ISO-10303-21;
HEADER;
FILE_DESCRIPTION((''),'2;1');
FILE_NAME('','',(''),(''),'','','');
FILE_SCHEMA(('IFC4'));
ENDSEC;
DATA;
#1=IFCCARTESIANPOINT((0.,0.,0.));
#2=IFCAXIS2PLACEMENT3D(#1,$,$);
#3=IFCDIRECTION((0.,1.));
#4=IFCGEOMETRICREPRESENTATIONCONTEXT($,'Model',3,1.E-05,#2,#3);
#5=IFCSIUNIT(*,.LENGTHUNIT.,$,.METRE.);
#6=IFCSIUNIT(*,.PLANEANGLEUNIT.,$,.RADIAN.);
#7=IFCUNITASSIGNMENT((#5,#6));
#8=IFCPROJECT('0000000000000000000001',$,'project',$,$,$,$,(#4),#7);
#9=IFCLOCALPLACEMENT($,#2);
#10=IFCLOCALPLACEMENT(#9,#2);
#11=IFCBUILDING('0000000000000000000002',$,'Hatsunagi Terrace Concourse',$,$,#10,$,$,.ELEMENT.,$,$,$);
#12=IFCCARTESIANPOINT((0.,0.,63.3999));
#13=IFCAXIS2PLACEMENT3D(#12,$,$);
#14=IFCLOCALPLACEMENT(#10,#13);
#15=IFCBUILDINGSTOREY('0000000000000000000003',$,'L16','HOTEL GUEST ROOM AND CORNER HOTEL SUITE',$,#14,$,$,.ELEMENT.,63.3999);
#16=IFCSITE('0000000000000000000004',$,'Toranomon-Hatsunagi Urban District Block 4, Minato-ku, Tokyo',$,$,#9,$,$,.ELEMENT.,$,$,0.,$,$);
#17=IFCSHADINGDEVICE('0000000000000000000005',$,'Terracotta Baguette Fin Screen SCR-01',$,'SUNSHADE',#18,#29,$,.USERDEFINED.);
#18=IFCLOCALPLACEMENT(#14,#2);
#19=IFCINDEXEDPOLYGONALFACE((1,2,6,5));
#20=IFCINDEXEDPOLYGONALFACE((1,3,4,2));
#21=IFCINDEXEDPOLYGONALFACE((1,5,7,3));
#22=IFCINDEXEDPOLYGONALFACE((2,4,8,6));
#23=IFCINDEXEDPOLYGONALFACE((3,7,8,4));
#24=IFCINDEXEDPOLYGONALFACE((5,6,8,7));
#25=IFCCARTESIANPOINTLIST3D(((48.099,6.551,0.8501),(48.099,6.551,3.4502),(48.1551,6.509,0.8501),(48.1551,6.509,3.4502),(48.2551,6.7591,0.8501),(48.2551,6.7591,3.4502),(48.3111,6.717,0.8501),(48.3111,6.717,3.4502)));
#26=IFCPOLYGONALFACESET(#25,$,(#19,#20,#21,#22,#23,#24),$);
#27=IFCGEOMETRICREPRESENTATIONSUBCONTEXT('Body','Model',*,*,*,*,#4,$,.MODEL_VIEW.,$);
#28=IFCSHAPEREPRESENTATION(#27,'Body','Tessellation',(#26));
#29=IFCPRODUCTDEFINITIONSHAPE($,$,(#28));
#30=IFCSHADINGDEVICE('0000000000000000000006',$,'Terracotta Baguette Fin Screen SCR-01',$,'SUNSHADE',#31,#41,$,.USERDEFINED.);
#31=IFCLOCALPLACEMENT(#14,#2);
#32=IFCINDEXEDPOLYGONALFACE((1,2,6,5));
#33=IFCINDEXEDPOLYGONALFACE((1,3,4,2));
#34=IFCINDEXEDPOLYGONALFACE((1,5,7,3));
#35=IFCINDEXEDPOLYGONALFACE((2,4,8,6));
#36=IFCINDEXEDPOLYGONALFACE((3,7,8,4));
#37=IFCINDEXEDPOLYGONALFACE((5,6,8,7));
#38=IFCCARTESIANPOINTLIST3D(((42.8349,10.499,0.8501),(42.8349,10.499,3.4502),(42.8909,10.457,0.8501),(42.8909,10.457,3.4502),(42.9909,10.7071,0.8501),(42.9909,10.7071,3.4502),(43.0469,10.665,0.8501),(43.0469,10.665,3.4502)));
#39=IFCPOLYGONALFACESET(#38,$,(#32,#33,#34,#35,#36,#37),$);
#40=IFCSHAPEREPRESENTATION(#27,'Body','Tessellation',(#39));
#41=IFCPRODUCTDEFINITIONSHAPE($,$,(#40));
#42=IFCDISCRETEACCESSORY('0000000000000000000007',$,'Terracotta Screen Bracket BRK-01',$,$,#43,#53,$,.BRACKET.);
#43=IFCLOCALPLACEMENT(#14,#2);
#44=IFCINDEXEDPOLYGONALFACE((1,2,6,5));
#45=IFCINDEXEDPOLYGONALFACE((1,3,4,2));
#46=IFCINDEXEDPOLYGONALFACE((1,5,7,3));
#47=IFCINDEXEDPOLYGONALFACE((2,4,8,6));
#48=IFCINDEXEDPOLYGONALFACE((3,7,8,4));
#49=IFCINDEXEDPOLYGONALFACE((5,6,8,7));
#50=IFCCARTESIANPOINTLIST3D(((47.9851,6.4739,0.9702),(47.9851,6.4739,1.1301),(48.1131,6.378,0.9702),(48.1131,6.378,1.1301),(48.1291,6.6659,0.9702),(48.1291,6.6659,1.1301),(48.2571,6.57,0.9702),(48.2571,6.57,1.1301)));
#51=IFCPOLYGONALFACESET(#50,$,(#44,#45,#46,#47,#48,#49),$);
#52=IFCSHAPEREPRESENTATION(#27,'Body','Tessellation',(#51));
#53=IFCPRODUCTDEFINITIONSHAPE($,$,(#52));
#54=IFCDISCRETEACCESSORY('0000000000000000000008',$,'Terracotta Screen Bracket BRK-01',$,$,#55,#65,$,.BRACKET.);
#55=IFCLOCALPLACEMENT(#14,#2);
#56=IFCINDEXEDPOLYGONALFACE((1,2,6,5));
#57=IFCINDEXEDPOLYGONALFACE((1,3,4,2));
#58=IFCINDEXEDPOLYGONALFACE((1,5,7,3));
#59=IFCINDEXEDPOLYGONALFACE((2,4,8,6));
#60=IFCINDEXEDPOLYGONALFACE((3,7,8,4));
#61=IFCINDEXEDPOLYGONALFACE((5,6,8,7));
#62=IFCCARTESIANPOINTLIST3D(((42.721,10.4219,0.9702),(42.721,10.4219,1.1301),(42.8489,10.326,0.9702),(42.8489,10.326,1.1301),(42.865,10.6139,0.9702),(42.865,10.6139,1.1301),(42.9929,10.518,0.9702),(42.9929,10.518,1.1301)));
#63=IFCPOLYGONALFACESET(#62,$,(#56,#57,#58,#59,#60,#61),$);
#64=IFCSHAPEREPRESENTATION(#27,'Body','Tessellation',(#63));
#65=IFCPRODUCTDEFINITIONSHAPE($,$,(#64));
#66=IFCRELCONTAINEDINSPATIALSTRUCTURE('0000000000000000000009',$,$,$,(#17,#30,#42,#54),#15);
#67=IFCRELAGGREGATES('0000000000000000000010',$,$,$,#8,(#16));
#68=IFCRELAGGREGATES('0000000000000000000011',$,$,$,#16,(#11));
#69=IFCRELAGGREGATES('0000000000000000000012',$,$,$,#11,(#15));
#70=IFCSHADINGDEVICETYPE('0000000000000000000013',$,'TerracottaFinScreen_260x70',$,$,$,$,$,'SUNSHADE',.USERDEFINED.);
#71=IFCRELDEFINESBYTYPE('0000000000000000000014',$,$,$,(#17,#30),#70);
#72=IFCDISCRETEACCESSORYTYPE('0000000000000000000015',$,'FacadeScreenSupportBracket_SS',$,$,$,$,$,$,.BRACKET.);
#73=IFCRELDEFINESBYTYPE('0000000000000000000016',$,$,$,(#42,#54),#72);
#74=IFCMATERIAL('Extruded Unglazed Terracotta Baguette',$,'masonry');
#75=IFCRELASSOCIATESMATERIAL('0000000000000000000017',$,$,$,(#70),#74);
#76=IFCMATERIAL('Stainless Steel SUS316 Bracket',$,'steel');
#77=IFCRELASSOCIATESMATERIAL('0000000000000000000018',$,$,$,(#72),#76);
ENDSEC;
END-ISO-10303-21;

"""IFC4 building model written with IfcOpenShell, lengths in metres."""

from ifc_helpers import new_model, si_unit, direction, frame, origin, origin_2d, place, context, subcontext, project, spatial, rectangle, extrude, material, type_object, element, save


model = new_model("IFC4")

# Units and contexts
model_context = context("Model", 3, precision=1e-05, world=origin(), true_north=direction((0.0, 1.0)))
body_context = subcontext(model_context, "Body", "Model", "MODEL_VIEW")
ifc_project = project(units=[si_unit("LENGTHUNIT", "METRE"), si_unit("PLANEANGLEUNIT", "RADIAN")], contexts=[model_context])

# Site, building, storey
site_placement = place(None, origin())
site = spatial("IfcSite", under=ifc_project, at=site_placement, Name="Toranomon-Hatsunagi Urban District Block 4, Minato-ku, Tokyo", CompositionType="ELEMENT", RefElevation=0.0)
building_placement = place(site_placement, origin())
building = spatial("IfcBuilding", under=site, at=building_placement, Name="Hatsunagi Terrace Concourse", CompositionType="ELEMENT")
storey_placement = place(building_placement, frame((0.0, 0.0, 63.3999)))
storey = spatial("IfcBuildingStorey", under=building, at=storey_placement, Name="L16", Description="HOTEL GUEST ROOM AND CORNER HOTEL SUITE", CompositionType="ELEMENT", Elevation=63.3999)

# Shading devices
ifc_material_1 = material(Name="Extruded Unglazed Terracotta Baguette", Category="masonry")
shading_device_type = type_object("IfcShadingDeviceType", Name="TerracottaFinScreen_260x70", ElementType="SUNSHADE", PredefinedType="USERDEFINED", material=ifc_material_1)
for number, where, z_axis, x_axis, name in (
    (1, (48.2051, 6.634, 0.8501), (0.0, 0.0, 1.0), (-0.800003, 0.599996, 0.0), "Terracotta Baguette Fin Screen SCR-01"),
    (2, (42.9409, 10.582, 0.8501), (0.0, 0.0, 1.0), (-0.800003, 0.599996, 0.0), "Terracotta Baguette Fin Screen SCR-01"),
):
    element("IfcShadingDevice", number, at=place(storey_placement, frame(where, z_axis=z_axis, x_axis=x_axis)), inside=storey, type_object=shading_device_type, Name=name, ObjectType="SUNSHADE", PredefinedType="USERDEFINED", context=body_context, shape_type="SweptSolid", body=[
        extrude(rectangle(XDim=0.0701, YDim=0.26, at=origin_2d()), origin(), (0.0, 0.0, 1.0), 2.6001),
    ])

# Discrete accessories
ifc_material_2 = material(Name="Stainless Steel SUS316 Bracket", Category="steel")
discrete_accessory_type = type_object("IfcDiscreteAccessoryType", Name="FacadeScreenSupportBracket_SS", PredefinedType="BRACKET", material=ifc_material_2)
for number, where, z_axis, x_axis, name in (
    (3, (48.1211, 6.522, 0.9702), (0.0, 0.0, 1.0), (-0.800003, 0.599996, 0.0), "Terracotta Screen Bracket BRK-01"),
    (4, (42.8569, 10.47, 0.9702), (0.0, 0.0, 1.0), (-0.800003, 0.599996, 0.0), "Terracotta Screen Bracket BRK-01"),
):
    element("IfcDiscreteAccessory", number, at=place(storey_placement, frame(where, z_axis=z_axis, x_axis=x_axis)), inside=storey, type_object=discrete_accessory_type, Name=name, PredefinedType="BRACKET", context=body_context, shape_type="SweptSolid", body=[
        extrude(rectangle(XDim=0.1599, YDim=0.24, at=origin_2d()), origin(), (0.0, 0.0, 1.0), 0.1599),
    ])

save(model, "model.ifc")
